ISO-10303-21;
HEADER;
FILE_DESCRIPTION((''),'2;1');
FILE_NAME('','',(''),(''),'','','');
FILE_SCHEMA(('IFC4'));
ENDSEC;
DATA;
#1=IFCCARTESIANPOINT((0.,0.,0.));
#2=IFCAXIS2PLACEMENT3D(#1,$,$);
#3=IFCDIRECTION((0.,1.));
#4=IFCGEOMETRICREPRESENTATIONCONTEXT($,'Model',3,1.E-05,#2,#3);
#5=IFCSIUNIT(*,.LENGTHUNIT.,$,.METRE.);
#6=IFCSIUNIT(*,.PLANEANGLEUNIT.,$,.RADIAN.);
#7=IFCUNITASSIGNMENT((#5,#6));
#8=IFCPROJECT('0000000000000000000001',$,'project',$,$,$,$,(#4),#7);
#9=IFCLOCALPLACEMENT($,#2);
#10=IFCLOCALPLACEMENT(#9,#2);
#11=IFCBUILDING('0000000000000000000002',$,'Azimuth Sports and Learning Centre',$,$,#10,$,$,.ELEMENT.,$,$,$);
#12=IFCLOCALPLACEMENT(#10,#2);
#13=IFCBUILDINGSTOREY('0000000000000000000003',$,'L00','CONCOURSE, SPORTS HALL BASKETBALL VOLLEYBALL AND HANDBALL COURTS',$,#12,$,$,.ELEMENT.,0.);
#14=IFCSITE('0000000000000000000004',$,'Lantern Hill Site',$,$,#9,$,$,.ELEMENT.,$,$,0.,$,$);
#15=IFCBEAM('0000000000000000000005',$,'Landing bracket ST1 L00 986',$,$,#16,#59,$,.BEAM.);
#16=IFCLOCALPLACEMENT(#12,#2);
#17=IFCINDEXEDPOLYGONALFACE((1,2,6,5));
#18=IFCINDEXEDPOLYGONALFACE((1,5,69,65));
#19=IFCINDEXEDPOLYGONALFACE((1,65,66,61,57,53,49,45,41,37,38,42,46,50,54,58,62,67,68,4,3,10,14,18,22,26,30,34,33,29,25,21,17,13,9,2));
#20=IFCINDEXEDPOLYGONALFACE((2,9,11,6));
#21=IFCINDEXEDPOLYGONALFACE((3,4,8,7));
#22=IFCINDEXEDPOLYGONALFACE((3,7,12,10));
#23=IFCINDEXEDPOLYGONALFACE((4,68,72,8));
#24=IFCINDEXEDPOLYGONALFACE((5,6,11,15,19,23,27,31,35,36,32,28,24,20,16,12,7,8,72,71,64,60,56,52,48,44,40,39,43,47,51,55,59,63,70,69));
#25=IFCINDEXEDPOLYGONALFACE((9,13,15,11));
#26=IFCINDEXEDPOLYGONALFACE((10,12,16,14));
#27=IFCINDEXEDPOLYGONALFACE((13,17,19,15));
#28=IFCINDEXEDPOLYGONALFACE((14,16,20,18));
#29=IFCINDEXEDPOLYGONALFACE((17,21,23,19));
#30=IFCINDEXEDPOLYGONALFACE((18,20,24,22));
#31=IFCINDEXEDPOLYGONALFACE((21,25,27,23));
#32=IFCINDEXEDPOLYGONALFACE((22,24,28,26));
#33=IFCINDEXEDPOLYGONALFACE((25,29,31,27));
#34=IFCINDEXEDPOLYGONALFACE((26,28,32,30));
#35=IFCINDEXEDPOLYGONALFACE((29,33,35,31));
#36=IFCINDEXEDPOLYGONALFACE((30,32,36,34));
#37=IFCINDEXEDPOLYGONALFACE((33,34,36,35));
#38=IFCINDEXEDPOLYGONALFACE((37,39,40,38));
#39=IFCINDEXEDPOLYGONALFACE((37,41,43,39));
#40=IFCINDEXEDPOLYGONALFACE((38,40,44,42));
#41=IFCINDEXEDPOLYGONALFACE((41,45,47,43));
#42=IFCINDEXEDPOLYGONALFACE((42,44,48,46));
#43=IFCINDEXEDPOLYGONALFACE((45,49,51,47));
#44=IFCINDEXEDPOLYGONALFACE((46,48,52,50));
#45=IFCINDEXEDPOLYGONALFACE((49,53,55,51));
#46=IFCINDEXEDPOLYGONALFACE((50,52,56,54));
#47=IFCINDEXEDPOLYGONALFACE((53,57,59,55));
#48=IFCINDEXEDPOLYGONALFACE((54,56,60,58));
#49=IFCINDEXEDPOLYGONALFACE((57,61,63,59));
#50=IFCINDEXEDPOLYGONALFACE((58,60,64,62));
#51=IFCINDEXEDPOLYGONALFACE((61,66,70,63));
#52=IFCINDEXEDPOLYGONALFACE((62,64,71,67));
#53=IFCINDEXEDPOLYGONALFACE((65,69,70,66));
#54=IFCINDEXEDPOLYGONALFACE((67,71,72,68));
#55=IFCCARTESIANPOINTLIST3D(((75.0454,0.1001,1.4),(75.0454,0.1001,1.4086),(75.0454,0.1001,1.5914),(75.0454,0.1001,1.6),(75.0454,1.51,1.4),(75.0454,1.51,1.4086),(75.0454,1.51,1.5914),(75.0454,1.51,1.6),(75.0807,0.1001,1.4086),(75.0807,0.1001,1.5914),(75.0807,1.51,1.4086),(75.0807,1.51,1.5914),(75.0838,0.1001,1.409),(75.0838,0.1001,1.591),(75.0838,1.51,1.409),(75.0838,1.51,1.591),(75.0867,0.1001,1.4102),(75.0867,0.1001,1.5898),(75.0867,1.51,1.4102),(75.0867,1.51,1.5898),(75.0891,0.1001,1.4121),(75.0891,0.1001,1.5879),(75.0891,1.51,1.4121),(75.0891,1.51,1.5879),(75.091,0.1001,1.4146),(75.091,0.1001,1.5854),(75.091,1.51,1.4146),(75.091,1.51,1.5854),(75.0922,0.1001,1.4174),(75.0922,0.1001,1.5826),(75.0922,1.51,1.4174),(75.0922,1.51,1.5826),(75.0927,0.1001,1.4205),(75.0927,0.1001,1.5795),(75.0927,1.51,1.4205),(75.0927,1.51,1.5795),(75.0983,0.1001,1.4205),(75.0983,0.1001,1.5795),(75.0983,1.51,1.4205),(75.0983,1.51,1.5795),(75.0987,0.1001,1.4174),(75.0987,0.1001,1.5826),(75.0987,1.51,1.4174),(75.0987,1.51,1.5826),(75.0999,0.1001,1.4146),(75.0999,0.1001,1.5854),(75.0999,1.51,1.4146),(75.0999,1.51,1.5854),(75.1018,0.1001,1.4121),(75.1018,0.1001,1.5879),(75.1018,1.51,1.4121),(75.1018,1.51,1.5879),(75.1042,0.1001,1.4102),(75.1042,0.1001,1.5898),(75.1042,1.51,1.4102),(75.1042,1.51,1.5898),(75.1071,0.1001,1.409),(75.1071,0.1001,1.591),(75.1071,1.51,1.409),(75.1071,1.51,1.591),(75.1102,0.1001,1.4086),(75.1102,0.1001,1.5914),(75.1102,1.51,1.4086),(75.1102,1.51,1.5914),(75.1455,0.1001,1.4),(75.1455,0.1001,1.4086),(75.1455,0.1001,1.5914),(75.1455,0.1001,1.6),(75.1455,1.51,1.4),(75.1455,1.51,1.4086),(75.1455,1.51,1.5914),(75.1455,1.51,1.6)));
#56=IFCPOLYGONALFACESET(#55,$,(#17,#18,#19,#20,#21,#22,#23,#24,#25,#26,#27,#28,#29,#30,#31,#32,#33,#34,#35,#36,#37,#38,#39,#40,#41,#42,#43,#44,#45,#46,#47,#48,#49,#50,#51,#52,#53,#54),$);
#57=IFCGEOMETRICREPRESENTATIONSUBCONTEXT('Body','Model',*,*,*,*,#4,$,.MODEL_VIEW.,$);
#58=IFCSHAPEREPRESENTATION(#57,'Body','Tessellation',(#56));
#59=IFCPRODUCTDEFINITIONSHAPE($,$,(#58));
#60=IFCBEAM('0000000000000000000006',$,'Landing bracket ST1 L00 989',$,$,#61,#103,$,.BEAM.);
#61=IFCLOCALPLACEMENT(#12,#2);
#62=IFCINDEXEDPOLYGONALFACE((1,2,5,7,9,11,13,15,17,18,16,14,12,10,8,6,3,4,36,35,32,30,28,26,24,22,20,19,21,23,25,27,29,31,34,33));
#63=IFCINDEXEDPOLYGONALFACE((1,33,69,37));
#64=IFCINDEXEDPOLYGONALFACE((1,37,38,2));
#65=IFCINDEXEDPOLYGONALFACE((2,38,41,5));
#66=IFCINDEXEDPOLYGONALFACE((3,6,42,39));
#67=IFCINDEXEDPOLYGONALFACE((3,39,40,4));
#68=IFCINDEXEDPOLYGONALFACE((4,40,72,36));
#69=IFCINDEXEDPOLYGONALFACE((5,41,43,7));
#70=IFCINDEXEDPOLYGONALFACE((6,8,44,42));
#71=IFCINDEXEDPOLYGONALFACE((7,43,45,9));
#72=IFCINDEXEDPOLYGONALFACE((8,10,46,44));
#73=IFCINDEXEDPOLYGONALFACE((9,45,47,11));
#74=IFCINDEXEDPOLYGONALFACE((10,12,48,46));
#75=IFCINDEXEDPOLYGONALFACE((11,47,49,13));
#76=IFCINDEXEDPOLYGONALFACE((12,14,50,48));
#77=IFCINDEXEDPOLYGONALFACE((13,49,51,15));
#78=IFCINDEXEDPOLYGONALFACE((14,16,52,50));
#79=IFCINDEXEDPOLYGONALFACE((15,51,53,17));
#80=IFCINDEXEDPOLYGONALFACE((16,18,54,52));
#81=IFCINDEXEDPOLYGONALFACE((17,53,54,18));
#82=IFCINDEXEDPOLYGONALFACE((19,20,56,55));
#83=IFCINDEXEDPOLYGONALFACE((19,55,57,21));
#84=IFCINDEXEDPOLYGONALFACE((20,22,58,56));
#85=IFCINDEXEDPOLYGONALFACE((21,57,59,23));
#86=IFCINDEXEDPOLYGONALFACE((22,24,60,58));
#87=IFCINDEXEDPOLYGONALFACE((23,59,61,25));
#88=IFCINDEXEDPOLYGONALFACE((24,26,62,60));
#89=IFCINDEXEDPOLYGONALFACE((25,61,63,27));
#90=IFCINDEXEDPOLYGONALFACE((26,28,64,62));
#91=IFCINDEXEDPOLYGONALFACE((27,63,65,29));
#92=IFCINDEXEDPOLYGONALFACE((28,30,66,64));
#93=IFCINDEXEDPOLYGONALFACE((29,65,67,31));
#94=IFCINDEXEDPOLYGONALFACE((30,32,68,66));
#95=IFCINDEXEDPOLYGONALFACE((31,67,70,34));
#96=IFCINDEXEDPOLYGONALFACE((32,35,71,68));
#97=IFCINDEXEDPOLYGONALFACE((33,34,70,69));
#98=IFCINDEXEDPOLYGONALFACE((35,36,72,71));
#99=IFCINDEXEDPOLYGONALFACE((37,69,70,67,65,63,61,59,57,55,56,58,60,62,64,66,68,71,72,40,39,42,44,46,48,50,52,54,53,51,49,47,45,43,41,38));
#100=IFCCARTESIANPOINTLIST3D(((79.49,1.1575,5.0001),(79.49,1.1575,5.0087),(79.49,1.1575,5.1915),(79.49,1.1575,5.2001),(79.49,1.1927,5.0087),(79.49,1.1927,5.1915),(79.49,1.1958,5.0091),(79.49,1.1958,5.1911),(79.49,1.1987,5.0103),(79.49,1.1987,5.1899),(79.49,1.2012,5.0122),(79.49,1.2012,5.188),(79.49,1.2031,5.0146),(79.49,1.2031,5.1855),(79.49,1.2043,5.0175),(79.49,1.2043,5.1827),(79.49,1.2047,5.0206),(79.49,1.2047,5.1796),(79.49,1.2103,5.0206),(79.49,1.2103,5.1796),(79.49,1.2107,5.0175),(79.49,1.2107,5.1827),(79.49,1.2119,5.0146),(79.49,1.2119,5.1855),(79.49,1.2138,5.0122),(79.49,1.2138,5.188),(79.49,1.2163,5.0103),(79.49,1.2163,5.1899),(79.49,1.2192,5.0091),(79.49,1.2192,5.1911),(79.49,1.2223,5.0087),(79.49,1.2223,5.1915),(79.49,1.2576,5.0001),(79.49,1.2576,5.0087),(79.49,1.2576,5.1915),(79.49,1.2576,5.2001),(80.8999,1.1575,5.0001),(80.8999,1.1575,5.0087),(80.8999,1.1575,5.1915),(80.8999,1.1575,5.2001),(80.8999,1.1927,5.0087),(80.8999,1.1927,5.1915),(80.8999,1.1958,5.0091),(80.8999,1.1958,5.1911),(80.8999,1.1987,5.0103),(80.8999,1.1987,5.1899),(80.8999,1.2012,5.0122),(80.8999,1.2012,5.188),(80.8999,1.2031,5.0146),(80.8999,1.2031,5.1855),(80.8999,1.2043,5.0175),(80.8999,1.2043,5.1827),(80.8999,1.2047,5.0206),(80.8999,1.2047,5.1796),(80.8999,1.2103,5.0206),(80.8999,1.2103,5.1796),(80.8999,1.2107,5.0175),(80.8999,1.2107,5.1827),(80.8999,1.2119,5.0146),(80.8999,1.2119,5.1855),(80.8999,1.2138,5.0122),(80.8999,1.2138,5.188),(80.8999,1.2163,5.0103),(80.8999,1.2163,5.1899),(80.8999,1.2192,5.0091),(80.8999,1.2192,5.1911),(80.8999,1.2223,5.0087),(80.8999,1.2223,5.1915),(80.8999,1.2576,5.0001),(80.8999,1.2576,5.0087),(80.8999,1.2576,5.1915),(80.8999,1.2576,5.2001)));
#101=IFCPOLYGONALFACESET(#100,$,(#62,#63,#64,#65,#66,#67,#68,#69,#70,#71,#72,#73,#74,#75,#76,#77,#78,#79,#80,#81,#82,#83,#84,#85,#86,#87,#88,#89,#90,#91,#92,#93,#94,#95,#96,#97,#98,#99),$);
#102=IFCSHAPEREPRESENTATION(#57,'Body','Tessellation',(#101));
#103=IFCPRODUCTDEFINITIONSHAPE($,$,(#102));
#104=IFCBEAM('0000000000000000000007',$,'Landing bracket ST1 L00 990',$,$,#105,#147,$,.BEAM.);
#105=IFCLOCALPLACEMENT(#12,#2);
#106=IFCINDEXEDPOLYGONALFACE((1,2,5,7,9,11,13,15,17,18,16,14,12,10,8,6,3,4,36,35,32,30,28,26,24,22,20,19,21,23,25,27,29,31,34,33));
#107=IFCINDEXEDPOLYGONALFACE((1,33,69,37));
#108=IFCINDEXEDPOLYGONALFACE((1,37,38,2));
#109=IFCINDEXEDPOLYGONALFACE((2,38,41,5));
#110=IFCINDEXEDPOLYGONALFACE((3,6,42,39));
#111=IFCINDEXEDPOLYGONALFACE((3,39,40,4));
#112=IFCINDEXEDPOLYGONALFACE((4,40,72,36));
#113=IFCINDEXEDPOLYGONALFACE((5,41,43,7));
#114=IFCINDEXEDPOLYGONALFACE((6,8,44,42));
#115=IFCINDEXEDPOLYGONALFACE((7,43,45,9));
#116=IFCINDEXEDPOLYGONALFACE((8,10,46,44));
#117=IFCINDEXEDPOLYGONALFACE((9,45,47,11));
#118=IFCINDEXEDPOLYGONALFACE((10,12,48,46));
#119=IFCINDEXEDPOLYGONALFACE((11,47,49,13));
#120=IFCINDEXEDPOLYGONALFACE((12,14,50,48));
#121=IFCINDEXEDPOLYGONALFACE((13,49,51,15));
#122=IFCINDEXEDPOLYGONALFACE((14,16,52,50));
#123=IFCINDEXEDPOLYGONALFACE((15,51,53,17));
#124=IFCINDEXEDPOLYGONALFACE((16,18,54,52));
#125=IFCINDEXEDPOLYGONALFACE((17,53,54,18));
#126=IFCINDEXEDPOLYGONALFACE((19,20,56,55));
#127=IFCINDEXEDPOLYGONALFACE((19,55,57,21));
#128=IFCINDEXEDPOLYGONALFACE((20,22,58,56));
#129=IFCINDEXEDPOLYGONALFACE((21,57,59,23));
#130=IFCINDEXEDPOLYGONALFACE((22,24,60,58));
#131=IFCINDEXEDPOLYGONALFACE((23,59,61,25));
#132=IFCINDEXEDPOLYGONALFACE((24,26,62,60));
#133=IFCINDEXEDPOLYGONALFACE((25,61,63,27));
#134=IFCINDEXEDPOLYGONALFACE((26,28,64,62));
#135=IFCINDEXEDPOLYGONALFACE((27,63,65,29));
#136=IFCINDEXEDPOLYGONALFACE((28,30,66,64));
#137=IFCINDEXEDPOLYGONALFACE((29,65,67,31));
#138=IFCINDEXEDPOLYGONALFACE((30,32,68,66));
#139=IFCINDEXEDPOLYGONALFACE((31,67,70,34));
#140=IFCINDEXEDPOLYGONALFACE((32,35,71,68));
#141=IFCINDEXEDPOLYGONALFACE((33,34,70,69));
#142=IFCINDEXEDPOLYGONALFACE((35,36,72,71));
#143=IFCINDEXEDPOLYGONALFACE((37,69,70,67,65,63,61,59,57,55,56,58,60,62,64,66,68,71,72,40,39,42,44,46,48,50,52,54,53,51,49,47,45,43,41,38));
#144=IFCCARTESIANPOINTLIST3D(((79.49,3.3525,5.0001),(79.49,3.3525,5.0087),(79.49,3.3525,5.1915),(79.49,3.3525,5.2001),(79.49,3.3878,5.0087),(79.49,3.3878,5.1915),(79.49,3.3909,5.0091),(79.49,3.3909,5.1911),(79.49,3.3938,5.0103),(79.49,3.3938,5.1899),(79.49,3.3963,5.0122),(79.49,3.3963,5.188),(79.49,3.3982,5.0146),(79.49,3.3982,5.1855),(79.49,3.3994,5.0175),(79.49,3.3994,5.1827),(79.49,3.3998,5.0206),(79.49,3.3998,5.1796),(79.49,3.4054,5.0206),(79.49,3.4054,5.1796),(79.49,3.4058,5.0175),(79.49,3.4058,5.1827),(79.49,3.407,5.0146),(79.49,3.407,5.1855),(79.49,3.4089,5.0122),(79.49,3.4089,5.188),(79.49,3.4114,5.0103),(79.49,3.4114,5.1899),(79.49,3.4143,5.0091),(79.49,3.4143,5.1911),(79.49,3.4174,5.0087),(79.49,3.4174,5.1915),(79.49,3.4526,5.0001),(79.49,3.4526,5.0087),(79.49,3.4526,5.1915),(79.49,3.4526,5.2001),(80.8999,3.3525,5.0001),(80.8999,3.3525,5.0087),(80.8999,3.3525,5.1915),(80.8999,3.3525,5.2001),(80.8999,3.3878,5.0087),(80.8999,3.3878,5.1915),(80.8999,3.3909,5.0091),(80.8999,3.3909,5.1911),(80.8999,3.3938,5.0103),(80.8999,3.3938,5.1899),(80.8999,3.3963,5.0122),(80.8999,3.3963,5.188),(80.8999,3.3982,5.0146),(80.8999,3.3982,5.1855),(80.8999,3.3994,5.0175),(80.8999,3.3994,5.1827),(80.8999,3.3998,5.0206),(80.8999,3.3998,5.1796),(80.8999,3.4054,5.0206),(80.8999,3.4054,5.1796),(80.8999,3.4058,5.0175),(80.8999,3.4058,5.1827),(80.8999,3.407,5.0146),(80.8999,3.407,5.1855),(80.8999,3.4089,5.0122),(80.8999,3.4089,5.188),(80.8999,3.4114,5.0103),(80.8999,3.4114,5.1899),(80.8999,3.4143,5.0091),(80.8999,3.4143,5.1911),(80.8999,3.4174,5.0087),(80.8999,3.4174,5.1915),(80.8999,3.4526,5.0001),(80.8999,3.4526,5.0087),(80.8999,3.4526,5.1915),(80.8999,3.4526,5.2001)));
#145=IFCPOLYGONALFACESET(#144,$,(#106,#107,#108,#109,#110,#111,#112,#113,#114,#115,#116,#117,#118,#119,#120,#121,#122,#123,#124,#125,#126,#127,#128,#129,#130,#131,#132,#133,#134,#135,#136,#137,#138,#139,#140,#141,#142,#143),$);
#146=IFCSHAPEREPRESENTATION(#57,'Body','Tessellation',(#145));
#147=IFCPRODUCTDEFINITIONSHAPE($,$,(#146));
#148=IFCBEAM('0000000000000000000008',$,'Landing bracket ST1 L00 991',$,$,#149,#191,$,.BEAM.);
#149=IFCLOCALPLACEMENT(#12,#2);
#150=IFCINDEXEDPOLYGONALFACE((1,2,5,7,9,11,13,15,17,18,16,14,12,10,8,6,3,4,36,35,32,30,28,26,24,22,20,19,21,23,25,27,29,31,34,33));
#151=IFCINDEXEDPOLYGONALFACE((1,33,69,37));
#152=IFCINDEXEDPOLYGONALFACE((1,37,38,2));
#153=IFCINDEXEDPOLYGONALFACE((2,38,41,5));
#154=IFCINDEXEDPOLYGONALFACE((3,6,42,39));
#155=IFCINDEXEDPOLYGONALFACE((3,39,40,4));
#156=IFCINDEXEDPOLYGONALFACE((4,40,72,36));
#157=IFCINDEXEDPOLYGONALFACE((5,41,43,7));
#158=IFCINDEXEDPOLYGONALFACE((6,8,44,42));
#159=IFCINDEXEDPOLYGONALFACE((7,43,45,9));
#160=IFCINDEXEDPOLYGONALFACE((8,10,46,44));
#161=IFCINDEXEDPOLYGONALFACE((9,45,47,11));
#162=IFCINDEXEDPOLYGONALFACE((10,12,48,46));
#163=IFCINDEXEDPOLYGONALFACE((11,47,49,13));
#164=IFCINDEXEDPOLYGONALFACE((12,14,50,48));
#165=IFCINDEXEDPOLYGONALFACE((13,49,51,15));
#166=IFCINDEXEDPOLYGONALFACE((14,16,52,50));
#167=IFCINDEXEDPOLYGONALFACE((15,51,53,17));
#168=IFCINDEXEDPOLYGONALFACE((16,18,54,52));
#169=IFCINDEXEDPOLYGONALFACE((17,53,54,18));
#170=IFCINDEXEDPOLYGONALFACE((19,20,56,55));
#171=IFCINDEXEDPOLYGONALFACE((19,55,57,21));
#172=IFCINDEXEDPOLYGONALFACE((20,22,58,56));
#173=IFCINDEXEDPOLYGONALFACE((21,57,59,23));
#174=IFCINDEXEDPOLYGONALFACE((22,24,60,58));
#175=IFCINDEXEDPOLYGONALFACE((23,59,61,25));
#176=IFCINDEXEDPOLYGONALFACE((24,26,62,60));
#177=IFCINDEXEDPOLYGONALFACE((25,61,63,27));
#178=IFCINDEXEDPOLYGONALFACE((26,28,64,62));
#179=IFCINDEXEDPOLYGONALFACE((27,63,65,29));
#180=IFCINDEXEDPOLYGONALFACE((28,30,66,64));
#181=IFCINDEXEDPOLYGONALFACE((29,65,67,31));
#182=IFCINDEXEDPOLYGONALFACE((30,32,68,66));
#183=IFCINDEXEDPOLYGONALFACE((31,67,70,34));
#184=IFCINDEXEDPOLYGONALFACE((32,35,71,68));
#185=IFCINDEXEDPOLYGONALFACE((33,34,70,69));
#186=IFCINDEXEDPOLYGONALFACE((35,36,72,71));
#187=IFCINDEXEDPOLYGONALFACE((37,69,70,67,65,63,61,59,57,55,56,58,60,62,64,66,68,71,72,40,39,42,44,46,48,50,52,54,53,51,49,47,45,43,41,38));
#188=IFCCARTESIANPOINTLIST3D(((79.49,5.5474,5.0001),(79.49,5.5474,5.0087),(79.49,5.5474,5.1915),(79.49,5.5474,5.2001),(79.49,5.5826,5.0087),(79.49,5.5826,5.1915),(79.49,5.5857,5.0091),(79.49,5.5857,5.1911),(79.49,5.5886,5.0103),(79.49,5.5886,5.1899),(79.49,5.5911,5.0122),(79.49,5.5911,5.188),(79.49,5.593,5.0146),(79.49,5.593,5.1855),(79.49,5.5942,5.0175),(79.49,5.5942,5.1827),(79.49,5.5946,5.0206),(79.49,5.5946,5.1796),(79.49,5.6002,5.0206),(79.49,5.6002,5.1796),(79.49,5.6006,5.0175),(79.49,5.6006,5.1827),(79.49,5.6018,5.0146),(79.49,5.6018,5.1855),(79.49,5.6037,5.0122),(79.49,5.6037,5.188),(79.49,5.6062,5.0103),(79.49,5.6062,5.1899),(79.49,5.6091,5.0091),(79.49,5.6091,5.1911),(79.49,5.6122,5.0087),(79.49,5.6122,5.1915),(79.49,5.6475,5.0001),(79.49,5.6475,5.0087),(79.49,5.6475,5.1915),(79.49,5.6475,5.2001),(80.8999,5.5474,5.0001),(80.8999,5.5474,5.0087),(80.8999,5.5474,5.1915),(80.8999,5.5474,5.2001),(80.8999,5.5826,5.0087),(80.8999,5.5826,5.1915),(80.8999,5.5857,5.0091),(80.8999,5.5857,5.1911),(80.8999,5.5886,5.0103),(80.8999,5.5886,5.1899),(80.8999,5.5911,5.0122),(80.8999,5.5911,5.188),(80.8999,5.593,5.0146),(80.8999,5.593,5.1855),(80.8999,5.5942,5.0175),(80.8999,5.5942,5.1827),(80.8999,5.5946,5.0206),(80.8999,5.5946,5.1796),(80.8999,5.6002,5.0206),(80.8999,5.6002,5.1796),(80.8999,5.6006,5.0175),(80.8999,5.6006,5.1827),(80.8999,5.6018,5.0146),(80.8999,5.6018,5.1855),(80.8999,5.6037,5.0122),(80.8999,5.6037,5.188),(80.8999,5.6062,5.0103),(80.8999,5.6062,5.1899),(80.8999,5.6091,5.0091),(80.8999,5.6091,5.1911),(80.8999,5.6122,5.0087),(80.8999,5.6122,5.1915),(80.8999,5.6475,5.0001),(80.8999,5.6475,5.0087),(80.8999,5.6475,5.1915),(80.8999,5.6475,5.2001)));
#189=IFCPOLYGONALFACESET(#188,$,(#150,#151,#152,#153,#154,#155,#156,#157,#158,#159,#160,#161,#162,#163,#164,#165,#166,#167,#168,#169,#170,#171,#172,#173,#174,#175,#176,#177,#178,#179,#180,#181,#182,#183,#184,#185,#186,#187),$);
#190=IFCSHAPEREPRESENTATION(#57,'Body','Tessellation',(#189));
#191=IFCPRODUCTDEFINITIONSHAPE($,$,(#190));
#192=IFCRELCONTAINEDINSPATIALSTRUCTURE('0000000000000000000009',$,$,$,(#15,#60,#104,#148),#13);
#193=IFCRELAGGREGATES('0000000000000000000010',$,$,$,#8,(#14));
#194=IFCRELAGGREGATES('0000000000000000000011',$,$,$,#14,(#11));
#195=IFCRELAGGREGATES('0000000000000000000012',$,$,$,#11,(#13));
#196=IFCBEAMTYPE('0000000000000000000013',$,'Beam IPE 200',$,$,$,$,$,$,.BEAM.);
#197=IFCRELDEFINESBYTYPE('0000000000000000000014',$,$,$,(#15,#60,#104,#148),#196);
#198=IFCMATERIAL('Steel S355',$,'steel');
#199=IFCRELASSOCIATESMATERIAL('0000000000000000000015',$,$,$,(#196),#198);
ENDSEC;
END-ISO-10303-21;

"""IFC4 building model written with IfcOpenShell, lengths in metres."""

from ifc_helpers import new_model, si_unit, direction, frame, origin, origin_2d, place, context, subcontext, project, spatial, i_section, extrude, material, material_profile, profile_set, type_object, element, save


model = new_model("IFC4")

# Units and contexts
model_context = context("Model", 3, precision=1e-05, world=origin(), true_north=direction((0.0, 1.0)))
body_context = subcontext(model_context, "Body", "Model", "MODEL_VIEW")
ifc_project = project(units=[si_unit("LENGTHUNIT", "METRE"), si_unit("PLANEANGLEUNIT", "RADIAN")], contexts=[model_context])

# Site, building, storey
site_placement = place(None, origin())
site = spatial("IfcSite", under=ifc_project, at=site_placement, Name="Lantern Hill Site", CompositionType="ELEMENT", RefElevation=0.0)
building_placement = place(site_placement, origin())
building = spatial("IfcBuilding", under=site, at=building_placement, Name="Azimuth Sports and Learning Centre", CompositionType="ELEMENT")
storey_placement = place(building_placement, origin())
storey = spatial("IfcBuildingStorey", under=building, at=storey_placement, Name="L00", Description="CONCOURSE, SPORTS HALL BASKETBALL VOLLEYBALL AND HANDBALL COURTS", CompositionType="ELEMENT", Elevation=0.0)

# Beams
ifc_material_1 = material(Name="Steel S355", Category="steel")
ifc_material_profile_1 = material_profile(ifc_material_1, i_section(OverallWidth=0.1001, OverallDepth=0.2, WebThickness=0.0056, FlangeThickness=0.0085, FilletRadius=0.012, at=origin_2d()), Name="IPE 200")
ifc_profile_set_1 = profile_set([ifc_material_profile_1], Name="Steel S355")
beam_type = type_object("IfcBeamType", Name="Beam IPE 200", PredefinedType="BEAM", material=ifc_profile_set_1)
for number, where, z_axis, x_axis, name in (
    (1, (75.0955, 0.1001, 1.5), (0.0, 1.0, 0.0), (-1.0, 0.0, 0.0), "Landing bracket ST1 L00 986"),
    (2, (80.8999, 1.2075, 5.1001), (-1.0, 0.0, 0.0), (0.0, -1.0, 0.0), "Landing bracket ST1 L00 989"),
    (3, (80.8999, 3.4026, 5.1001), (-1.0, 0.0, 0.0), (0.0, -1.0, 0.0), "Landing bracket ST1 L00 990"),
    (4, (80.8999, 5.5974, 5.1001), (-1.0, 0.0, 0.0), (0.0, -1.0, 0.0), "Landing bracket ST1 L00 991"),
):
    element("IfcBeam", number, at=place(storey_placement, frame(where, z_axis=z_axis, x_axis=x_axis)), inside=storey, type_object=beam_type, Name=name, PredefinedType="BEAM", context=body_context, shape_type="SweptSolid", body=[
        extrude(i_section(OverallWidth=0.1001, OverallDepth=0.2, WebThickness=0.0056, FlangeThickness=0.0085, FilletRadius=0.012, at=origin_2d()), origin(), (0.0, 0.0, 1.0), 1.4099),
    ])

save(model, "model.ifc")
